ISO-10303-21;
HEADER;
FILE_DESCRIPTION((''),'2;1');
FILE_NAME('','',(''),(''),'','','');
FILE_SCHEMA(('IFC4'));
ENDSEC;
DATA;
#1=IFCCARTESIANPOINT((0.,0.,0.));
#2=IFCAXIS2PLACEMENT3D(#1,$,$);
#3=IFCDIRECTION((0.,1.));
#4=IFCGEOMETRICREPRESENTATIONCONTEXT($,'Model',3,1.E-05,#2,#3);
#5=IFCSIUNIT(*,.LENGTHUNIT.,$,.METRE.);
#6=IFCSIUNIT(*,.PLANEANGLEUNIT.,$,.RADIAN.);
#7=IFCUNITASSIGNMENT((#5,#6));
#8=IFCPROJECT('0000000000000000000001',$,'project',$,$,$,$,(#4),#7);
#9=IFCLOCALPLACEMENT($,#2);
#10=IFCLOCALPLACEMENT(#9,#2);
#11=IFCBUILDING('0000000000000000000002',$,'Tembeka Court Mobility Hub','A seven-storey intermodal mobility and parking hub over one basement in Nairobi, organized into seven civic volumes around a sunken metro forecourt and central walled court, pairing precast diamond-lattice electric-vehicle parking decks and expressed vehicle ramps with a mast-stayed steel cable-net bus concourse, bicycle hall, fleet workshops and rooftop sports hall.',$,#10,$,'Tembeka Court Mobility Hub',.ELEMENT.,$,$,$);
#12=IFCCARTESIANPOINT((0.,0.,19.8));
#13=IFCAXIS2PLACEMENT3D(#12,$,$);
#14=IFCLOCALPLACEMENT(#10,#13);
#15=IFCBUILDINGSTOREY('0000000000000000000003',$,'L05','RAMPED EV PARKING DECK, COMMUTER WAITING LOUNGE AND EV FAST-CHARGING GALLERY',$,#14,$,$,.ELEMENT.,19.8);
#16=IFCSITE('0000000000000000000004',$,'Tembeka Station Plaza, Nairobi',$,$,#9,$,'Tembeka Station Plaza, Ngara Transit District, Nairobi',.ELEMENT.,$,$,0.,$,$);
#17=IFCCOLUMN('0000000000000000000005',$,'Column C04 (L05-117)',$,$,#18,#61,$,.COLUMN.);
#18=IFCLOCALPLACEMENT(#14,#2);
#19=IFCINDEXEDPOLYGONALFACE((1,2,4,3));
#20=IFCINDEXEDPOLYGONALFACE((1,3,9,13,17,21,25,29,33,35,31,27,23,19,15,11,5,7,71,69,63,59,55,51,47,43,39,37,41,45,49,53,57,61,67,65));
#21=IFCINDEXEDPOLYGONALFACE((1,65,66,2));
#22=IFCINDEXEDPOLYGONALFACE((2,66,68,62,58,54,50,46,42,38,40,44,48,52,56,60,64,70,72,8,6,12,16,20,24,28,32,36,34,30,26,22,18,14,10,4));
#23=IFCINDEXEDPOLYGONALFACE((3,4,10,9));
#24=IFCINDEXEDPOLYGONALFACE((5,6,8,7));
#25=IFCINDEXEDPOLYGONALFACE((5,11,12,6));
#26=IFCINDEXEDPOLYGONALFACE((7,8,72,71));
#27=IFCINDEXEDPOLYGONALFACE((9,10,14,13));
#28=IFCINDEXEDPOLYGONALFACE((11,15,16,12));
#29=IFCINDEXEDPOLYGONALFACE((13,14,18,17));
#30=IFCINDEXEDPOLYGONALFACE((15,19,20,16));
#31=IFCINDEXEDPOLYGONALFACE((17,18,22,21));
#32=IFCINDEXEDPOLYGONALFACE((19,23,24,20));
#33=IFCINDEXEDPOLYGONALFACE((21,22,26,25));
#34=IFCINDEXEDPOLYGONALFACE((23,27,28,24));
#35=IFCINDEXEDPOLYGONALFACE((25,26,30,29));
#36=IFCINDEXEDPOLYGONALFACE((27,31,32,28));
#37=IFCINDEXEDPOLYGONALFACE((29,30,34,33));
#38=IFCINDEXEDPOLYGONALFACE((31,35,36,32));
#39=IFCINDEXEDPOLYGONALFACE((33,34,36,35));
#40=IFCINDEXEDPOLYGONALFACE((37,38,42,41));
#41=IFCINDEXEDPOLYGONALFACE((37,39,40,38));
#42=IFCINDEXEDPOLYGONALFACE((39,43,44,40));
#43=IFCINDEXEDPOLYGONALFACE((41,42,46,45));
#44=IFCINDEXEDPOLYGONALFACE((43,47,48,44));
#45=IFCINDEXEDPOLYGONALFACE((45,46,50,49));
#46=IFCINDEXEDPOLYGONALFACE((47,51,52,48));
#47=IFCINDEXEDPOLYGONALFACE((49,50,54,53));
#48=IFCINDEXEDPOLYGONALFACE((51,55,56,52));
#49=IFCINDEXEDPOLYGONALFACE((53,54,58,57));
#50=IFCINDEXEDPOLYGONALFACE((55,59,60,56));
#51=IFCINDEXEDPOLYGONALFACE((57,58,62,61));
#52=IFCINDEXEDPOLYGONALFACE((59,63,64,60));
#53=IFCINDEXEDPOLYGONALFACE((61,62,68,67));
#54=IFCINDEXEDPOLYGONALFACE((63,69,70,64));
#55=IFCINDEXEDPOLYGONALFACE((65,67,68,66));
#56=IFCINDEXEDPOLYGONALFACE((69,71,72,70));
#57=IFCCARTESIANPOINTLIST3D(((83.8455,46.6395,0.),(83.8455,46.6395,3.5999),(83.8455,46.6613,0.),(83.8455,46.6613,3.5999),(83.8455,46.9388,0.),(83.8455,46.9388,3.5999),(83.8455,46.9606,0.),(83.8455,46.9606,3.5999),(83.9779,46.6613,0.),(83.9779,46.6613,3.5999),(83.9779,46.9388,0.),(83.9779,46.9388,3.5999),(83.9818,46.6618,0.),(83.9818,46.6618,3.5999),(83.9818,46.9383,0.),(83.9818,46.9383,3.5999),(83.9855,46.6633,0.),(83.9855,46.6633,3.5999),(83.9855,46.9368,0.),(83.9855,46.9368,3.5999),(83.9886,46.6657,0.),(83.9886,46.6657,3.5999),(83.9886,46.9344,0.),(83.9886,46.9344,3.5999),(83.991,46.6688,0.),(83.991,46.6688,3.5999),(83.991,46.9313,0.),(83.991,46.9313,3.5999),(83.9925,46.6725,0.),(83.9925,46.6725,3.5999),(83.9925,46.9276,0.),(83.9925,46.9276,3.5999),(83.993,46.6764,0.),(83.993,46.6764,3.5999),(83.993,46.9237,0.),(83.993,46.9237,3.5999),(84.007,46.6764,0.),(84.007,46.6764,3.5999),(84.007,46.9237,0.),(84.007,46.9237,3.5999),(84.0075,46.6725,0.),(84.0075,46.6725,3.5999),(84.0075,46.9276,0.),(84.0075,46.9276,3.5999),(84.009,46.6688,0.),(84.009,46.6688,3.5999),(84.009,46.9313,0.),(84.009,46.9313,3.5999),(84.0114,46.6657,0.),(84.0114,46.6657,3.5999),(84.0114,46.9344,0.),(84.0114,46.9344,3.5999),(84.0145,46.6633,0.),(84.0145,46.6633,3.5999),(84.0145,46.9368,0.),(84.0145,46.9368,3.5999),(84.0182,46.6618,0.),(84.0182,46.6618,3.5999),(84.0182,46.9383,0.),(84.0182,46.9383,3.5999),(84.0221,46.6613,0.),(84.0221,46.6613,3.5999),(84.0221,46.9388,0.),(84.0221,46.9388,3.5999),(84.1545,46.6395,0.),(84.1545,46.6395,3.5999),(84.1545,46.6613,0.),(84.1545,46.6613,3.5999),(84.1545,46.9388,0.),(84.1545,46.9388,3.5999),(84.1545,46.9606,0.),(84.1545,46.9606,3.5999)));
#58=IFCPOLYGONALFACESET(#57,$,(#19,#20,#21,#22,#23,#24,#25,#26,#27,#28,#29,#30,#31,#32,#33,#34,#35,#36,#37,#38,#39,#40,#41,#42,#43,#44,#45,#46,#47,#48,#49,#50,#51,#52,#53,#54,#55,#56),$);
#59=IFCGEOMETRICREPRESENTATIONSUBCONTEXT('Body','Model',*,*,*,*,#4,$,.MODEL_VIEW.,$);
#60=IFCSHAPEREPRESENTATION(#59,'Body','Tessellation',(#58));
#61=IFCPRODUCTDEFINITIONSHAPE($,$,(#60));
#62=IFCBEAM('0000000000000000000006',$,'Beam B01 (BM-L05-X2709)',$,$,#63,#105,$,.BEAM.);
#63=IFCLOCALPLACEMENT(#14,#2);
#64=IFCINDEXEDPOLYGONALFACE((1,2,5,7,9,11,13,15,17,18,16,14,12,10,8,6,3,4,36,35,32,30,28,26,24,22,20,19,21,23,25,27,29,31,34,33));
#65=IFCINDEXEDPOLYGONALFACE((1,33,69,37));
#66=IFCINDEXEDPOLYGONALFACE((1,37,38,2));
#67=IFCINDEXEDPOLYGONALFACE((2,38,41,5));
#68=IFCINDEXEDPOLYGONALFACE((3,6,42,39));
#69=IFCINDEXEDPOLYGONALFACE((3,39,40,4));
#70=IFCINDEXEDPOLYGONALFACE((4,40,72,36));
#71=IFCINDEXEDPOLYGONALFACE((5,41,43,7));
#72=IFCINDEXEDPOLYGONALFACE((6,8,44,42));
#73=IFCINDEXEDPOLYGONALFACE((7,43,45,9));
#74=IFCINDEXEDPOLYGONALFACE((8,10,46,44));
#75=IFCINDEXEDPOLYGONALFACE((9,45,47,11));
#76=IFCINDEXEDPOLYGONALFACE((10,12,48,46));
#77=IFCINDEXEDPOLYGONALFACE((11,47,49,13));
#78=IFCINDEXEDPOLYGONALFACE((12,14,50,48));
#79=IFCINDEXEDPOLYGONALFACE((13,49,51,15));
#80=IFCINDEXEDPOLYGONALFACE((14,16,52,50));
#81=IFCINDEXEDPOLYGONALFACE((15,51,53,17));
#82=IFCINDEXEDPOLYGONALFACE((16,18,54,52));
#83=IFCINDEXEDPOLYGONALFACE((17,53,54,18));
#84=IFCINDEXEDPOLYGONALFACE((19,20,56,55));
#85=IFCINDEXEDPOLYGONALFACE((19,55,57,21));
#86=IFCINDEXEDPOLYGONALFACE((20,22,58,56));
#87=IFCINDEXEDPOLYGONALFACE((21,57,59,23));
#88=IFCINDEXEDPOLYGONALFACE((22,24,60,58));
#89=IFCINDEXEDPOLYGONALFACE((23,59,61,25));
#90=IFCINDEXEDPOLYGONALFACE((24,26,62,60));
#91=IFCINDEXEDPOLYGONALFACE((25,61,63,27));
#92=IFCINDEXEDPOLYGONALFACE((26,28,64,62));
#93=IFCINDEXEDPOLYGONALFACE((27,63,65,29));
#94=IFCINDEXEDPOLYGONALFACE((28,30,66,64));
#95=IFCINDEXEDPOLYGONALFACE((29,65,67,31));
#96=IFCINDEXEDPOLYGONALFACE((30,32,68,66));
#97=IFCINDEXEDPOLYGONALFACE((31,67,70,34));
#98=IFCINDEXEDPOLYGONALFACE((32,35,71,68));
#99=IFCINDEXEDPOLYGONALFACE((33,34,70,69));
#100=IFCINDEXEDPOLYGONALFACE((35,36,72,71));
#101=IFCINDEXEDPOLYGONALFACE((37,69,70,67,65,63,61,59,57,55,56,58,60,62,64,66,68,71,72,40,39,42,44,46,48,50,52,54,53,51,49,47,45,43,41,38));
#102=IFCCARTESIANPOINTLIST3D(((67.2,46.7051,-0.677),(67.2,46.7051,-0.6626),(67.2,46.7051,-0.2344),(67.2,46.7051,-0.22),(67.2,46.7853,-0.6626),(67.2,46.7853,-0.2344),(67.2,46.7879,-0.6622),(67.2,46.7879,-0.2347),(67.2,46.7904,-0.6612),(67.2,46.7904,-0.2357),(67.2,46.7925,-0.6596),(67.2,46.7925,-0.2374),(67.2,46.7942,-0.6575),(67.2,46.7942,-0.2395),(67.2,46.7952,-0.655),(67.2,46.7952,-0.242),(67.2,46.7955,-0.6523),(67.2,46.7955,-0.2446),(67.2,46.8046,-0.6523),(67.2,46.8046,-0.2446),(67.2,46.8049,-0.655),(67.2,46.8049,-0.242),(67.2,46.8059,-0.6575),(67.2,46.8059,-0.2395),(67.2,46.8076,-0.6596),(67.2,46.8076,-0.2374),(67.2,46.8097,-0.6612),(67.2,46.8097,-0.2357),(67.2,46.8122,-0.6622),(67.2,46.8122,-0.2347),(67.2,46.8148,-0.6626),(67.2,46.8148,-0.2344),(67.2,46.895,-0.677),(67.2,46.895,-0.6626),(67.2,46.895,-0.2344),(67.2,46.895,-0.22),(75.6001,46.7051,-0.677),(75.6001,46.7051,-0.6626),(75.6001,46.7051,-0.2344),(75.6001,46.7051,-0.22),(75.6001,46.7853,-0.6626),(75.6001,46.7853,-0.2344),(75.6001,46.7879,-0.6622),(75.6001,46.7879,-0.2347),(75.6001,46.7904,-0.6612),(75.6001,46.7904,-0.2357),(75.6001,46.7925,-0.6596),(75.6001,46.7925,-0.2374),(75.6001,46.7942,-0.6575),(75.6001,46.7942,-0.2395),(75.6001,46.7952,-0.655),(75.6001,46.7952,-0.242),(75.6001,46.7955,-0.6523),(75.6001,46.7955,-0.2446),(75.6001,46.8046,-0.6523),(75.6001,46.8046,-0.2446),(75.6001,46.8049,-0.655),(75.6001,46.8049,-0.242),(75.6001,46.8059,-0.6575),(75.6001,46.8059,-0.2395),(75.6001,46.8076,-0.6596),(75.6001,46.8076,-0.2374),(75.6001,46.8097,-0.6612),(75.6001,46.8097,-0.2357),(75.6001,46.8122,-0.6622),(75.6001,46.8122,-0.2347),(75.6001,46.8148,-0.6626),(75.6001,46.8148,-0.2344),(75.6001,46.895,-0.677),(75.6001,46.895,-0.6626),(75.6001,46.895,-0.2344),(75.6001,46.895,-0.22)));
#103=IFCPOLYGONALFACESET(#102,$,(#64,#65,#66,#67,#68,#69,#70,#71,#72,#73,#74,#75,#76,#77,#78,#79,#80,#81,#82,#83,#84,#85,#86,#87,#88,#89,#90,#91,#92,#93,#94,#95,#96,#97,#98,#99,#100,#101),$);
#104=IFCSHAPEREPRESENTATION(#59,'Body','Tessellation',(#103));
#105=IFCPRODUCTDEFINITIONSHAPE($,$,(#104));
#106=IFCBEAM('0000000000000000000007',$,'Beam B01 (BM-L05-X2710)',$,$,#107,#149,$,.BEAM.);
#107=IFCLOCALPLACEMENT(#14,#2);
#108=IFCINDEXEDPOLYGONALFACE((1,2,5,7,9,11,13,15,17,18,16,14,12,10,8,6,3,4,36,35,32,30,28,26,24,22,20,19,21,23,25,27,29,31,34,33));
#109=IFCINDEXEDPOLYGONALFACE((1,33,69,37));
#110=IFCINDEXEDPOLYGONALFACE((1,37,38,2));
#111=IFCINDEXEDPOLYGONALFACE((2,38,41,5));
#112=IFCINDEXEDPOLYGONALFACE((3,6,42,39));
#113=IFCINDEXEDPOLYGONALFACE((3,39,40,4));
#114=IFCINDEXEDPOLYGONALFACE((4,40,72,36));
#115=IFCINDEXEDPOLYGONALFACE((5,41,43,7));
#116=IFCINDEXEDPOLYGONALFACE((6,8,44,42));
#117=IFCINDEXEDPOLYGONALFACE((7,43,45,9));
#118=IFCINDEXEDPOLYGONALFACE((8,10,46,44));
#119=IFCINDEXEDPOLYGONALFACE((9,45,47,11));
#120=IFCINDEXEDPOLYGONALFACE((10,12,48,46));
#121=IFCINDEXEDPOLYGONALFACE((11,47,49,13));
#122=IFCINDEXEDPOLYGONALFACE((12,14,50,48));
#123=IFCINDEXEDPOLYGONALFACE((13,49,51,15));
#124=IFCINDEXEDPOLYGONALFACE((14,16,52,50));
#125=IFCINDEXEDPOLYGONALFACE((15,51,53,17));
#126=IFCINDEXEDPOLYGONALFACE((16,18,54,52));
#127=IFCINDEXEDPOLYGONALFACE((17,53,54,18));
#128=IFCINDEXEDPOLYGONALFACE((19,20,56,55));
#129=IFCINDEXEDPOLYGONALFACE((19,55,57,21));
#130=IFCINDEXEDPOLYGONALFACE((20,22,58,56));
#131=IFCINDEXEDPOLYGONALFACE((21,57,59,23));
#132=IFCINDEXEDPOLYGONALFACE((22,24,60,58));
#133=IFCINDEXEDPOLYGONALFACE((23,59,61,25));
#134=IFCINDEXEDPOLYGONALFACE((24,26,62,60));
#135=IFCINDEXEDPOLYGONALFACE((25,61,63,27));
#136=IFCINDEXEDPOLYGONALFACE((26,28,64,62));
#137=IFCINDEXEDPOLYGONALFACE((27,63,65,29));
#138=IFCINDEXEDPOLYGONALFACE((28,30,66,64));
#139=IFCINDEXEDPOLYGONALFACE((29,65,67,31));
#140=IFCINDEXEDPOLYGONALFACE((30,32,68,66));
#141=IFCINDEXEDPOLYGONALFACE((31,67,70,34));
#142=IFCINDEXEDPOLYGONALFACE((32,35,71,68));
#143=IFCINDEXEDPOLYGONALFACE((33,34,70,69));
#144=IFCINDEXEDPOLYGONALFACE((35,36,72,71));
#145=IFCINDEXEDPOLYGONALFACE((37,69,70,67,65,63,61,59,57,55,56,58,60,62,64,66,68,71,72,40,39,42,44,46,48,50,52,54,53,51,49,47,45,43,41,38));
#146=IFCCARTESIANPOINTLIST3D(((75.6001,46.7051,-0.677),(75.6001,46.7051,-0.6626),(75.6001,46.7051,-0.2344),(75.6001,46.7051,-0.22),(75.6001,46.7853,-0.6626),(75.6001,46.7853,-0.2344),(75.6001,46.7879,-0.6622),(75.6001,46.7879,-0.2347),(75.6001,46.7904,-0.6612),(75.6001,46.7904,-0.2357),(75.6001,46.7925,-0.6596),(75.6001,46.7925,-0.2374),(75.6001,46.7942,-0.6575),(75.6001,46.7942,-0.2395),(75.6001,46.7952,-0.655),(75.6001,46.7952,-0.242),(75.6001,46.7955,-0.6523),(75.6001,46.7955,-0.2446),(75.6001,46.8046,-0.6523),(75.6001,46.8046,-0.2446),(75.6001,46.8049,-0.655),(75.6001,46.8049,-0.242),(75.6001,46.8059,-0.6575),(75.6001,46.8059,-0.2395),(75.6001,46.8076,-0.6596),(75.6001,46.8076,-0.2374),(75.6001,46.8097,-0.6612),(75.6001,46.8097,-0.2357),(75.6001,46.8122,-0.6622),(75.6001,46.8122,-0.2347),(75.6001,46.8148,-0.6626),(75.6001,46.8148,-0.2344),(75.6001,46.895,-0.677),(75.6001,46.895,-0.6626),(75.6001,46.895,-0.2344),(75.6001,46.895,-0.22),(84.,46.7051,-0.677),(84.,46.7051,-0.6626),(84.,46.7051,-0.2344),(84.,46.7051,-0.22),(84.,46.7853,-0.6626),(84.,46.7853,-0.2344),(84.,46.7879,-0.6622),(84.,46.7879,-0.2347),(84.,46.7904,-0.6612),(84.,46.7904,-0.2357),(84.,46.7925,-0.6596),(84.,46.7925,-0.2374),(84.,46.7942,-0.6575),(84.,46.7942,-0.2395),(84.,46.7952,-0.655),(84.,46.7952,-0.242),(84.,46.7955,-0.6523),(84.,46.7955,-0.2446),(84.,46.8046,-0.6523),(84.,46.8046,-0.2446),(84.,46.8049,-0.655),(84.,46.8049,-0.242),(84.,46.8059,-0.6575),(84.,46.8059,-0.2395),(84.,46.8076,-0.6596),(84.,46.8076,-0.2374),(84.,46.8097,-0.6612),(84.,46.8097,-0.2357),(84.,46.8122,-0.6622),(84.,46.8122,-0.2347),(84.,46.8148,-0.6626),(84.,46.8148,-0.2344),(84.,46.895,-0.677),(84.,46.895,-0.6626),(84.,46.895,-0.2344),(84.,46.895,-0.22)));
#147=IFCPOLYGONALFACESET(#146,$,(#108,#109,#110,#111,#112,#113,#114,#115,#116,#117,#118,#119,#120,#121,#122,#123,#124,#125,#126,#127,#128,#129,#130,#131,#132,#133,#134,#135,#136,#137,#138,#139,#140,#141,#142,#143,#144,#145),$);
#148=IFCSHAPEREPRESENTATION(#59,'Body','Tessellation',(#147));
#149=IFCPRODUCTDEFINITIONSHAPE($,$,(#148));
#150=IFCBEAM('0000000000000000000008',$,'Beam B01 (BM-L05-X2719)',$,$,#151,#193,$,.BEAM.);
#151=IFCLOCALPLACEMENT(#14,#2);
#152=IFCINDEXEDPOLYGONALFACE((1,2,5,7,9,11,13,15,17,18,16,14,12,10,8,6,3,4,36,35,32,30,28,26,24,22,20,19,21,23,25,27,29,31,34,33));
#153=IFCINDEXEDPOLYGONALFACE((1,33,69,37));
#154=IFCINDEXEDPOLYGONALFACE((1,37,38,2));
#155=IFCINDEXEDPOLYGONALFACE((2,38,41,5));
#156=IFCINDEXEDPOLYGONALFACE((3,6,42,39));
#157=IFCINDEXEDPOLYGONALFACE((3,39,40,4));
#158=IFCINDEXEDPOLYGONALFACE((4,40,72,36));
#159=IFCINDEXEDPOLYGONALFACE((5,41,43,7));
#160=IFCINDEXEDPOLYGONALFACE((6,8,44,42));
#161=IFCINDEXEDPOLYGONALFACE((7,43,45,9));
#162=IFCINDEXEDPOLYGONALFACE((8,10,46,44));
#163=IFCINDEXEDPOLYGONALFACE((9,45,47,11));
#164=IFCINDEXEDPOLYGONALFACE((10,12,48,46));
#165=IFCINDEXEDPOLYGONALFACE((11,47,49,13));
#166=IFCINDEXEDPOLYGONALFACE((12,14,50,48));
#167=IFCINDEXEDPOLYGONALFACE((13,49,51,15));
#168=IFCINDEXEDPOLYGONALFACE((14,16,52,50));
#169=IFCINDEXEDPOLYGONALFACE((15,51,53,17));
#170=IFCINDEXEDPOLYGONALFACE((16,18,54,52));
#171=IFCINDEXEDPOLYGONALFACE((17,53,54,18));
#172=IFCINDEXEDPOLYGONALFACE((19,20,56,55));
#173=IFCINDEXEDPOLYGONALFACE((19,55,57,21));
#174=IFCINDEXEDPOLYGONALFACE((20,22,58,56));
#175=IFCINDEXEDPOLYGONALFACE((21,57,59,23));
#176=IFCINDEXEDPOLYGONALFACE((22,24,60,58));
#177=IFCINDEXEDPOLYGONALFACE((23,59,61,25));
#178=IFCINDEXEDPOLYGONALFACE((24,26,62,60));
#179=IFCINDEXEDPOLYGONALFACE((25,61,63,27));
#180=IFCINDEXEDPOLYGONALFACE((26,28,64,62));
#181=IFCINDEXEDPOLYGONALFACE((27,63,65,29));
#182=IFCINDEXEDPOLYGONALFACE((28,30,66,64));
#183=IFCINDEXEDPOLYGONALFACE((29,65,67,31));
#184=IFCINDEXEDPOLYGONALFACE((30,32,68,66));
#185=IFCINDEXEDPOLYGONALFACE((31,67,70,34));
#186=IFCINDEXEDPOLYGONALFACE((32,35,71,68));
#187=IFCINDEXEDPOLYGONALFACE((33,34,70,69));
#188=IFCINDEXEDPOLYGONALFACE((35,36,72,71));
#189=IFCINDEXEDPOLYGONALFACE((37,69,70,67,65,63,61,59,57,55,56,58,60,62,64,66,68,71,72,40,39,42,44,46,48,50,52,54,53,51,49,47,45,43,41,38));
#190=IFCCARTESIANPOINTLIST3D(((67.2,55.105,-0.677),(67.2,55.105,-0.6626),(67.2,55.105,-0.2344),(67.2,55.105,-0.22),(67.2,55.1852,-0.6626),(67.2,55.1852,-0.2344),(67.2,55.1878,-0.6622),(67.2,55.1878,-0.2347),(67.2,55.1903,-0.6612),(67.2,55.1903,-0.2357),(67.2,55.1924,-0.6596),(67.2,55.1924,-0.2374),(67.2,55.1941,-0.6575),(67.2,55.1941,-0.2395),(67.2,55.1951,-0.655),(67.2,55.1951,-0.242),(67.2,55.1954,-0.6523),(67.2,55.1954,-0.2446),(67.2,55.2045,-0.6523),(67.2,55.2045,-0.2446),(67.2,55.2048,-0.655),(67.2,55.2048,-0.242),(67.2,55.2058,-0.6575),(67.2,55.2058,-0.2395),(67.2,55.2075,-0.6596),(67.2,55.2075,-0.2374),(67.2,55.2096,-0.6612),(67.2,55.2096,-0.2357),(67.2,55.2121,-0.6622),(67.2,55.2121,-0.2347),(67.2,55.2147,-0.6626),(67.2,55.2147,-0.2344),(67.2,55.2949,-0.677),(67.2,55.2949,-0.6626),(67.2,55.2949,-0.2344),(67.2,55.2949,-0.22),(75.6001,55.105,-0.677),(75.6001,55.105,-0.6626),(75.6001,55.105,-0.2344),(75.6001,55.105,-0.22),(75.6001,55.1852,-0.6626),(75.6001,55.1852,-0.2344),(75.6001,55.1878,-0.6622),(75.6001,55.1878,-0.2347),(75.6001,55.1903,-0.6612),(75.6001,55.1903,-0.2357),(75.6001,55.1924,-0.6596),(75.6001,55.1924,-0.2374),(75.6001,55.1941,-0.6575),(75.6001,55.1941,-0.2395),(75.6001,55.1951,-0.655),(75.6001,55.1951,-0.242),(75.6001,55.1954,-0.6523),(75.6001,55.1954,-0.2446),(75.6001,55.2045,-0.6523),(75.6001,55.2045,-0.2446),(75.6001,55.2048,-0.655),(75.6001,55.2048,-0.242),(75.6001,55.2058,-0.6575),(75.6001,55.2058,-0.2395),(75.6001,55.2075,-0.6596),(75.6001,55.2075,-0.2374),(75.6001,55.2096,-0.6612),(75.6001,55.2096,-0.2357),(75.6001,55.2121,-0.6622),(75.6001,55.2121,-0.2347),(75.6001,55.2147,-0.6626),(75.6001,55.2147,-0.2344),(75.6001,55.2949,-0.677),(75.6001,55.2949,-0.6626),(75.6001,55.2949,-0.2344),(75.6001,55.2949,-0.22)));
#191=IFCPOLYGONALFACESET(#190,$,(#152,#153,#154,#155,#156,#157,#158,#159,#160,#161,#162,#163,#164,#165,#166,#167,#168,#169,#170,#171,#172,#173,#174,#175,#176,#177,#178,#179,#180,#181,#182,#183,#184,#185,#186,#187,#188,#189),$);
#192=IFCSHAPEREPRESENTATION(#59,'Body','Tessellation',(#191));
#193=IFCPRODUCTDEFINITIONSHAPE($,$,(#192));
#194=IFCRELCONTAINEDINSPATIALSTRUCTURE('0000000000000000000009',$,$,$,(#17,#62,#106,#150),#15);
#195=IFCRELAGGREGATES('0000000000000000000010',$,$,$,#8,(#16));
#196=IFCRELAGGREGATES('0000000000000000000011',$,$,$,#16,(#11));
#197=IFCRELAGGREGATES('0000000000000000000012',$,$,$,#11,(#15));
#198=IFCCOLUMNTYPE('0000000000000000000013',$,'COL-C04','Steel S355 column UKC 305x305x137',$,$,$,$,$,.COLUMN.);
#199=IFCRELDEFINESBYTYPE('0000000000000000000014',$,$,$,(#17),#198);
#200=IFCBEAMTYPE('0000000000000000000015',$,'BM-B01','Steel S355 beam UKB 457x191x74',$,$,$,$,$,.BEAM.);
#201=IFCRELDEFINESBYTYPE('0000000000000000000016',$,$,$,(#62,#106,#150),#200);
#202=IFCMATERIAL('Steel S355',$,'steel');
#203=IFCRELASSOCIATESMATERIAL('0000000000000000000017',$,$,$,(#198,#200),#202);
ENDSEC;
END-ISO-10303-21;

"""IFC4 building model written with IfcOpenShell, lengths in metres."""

from ifc_helpers import new_model, si_unit, direction, frame, origin, origin_2d, place, context, subcontext, project, spatial, i_section, extrude, material, material_profile, profile_set, type_object, element, save


model = new_model("IFC4")

# Units and contexts
model_context = context("Model", 3, precision=1e-05, world=origin(), true_north=direction((0.0, 1.0)))
body_context = subcontext(model_context, "Body", "Model", "MODEL_VIEW")
ifc_project = project(units=[si_unit("LENGTHUNIT", "METRE"), si_unit("PLANEANGLEUNIT", "RADIAN")], contexts=[model_context])

# Site, building, storey
site_placement = place(None, origin())
site = spatial("IfcSite", under=ifc_project, at=site_placement, Name="Tembeka Station Plaza, Nairobi", LongName="Tembeka Station Plaza, Ngara Transit District, Nairobi", CompositionType="ELEMENT", RefElevation=0.0)
building_placement = place(site_placement, origin())
building = spatial("IfcBuilding", under=site, at=building_placement, Name="Tembeka Court Mobility Hub", Description="A seven-storey intermodal mobility and parking hub over one basement in Nairobi, organized into seven civic volumes around a sunken metro forecourt and central walled court, pairing precast diamond-lattice electric-vehicle parking decks and expressed vehicle ramps with a mast-stayed steel cable-net bus concourse, bicycle hall, fleet workshops and rooftop sports hall.", LongName="Tembeka Court Mobility Hub", CompositionType="ELEMENT")
storey_placement = place(building_placement, frame((0.0, 0.0, 19.8)))
storey = spatial("IfcBuildingStorey", under=building, at=storey_placement, Name="L05", Description="RAMPED EV PARKING DECK, COMMUTER WAITING LOUNGE AND EV FAST-CHARGING GALLERY", CompositionType="ELEMENT", Elevation=19.8)

# Column
ifc_material_1 = material(Name="Steel S355", Category="steel")
ifc_material_profile_1 = material_profile(ifc_material_1, i_section(OverallWidth=0.3091, OverallDepth=0.321, WebThickness=0.0139, FlangeThickness=0.0217, FilletRadius=0.0151, at=origin_2d()), Name="UKC 305x305x137")
ifc_profile_set_1 = profile_set([ifc_material_profile_1], Name="Steel S355")
column_type = type_object("IfcColumnType", Name="COL-C04", Description="Steel S355 column UKC 305x305x137", PredefinedType="COLUMN", material=ifc_profile_set_1)
for number, where, z_axis, x_axis, name in (
    (1, (84.0, 46.8, 0.0), (0.0, 0.0, 1.0), (1.0, 0.0, 0.0), "Column C04 (L05-117)"),
):
    element("IfcColumn", number, at=place(storey_placement, frame(where, z_axis=z_axis, x_axis=x_axis)), inside=storey, type_object=column_type, Name=name, PredefinedType="COLUMN", context=body_context, shape_type="SweptSolid", body=[
        extrude(i_section(OverallWidth=0.3091, OverallDepth=0.321, WebThickness=0.0139, FlangeThickness=0.0217, FilletRadius=0.0151, at=origin_2d()), origin(), (0.0, 0.0, 1.0), 3.5999),
    ])

# Beams
ifc_material_profile_2 = material_profile(ifc_material_1, i_section(OverallWidth=0.1899, OverallDepth=0.457, WebThickness=0.009, FlangeThickness=0.0144, FilletRadius=0.0103, at=origin_2d()), Name="UKB 457x191x74")
ifc_profile_set_2 = profile_set([ifc_material_profile_2], Name="Steel S355")
beam_type_1 = type_object("IfcBeamType", Name="BM-B01", Description="Steel S355 beam UKB 457x191x74", PredefinedType="BEAM", material=ifc_profile_set_2)
beam_1_placement = place(storey_placement, frame((67.2, 46.8, -0.4485), z_axis=(1.0, 0.0, 0.0), x_axis=(0.0, 1.0, 0.0)))
element("IfcBeam", 2, at=beam_1_placement, inside=storey, type_object=beam_type_1, Name="Beam B01 (BM-L05-X2709)", PredefinedType="BEAM", context=body_context, shape_type="SweptSolid", body=[
    extrude(i_section(OverallWidth=0.1899, OverallDepth=0.457, WebThickness=0.009, FlangeThickness=0.0144, FilletRadius=0.0103, at=origin_2d()), origin(), (0.0, 0.0, 1.0), 8.4001),
])
beam_2_placement = place(storey_placement, frame((75.6001, 46.8, -0.4485), z_axis=(1.0, 0.0, 0.0), x_axis=(0.0, 1.0, 0.0)))
element("IfcBeam", 3, at=beam_2_placement, inside=storey, type_object=beam_type_1, Name="Beam B01 (BM-L05-X2710)", PredefinedType="BEAM", context=body_context, shape_type="SweptSolid", body=[
    extrude(i_section(OverallWidth=0.1899, OverallDepth=0.457, WebThickness=0.009, FlangeThickness=0.0144, FilletRadius=0.0103, at=origin_2d()), origin(), (0.0, 0.0, 1.0), 8.3999),
])
beam_3_placement = place(storey_placement, frame((67.2, 55.2, -0.4485), z_axis=(1.0, 0.0, 0.0), x_axis=(0.0, 1.0, 0.0)))
element("IfcBeam", 4, at=beam_3_placement, inside=storey, type_object=beam_type_1, Name="Beam B01 (BM-L05-X2719)", PredefinedType="BEAM", context=body_context, shape_type="SweptSolid", body=[
    extrude(i_section(OverallWidth=0.1899, OverallDepth=0.457, WebThickness=0.009, FlangeThickness=0.0144, FilletRadius=0.0103, at=origin_2d()), origin(), (0.0, 0.0, 1.0), 8.4001),
])

save(model, "model.ifc")
